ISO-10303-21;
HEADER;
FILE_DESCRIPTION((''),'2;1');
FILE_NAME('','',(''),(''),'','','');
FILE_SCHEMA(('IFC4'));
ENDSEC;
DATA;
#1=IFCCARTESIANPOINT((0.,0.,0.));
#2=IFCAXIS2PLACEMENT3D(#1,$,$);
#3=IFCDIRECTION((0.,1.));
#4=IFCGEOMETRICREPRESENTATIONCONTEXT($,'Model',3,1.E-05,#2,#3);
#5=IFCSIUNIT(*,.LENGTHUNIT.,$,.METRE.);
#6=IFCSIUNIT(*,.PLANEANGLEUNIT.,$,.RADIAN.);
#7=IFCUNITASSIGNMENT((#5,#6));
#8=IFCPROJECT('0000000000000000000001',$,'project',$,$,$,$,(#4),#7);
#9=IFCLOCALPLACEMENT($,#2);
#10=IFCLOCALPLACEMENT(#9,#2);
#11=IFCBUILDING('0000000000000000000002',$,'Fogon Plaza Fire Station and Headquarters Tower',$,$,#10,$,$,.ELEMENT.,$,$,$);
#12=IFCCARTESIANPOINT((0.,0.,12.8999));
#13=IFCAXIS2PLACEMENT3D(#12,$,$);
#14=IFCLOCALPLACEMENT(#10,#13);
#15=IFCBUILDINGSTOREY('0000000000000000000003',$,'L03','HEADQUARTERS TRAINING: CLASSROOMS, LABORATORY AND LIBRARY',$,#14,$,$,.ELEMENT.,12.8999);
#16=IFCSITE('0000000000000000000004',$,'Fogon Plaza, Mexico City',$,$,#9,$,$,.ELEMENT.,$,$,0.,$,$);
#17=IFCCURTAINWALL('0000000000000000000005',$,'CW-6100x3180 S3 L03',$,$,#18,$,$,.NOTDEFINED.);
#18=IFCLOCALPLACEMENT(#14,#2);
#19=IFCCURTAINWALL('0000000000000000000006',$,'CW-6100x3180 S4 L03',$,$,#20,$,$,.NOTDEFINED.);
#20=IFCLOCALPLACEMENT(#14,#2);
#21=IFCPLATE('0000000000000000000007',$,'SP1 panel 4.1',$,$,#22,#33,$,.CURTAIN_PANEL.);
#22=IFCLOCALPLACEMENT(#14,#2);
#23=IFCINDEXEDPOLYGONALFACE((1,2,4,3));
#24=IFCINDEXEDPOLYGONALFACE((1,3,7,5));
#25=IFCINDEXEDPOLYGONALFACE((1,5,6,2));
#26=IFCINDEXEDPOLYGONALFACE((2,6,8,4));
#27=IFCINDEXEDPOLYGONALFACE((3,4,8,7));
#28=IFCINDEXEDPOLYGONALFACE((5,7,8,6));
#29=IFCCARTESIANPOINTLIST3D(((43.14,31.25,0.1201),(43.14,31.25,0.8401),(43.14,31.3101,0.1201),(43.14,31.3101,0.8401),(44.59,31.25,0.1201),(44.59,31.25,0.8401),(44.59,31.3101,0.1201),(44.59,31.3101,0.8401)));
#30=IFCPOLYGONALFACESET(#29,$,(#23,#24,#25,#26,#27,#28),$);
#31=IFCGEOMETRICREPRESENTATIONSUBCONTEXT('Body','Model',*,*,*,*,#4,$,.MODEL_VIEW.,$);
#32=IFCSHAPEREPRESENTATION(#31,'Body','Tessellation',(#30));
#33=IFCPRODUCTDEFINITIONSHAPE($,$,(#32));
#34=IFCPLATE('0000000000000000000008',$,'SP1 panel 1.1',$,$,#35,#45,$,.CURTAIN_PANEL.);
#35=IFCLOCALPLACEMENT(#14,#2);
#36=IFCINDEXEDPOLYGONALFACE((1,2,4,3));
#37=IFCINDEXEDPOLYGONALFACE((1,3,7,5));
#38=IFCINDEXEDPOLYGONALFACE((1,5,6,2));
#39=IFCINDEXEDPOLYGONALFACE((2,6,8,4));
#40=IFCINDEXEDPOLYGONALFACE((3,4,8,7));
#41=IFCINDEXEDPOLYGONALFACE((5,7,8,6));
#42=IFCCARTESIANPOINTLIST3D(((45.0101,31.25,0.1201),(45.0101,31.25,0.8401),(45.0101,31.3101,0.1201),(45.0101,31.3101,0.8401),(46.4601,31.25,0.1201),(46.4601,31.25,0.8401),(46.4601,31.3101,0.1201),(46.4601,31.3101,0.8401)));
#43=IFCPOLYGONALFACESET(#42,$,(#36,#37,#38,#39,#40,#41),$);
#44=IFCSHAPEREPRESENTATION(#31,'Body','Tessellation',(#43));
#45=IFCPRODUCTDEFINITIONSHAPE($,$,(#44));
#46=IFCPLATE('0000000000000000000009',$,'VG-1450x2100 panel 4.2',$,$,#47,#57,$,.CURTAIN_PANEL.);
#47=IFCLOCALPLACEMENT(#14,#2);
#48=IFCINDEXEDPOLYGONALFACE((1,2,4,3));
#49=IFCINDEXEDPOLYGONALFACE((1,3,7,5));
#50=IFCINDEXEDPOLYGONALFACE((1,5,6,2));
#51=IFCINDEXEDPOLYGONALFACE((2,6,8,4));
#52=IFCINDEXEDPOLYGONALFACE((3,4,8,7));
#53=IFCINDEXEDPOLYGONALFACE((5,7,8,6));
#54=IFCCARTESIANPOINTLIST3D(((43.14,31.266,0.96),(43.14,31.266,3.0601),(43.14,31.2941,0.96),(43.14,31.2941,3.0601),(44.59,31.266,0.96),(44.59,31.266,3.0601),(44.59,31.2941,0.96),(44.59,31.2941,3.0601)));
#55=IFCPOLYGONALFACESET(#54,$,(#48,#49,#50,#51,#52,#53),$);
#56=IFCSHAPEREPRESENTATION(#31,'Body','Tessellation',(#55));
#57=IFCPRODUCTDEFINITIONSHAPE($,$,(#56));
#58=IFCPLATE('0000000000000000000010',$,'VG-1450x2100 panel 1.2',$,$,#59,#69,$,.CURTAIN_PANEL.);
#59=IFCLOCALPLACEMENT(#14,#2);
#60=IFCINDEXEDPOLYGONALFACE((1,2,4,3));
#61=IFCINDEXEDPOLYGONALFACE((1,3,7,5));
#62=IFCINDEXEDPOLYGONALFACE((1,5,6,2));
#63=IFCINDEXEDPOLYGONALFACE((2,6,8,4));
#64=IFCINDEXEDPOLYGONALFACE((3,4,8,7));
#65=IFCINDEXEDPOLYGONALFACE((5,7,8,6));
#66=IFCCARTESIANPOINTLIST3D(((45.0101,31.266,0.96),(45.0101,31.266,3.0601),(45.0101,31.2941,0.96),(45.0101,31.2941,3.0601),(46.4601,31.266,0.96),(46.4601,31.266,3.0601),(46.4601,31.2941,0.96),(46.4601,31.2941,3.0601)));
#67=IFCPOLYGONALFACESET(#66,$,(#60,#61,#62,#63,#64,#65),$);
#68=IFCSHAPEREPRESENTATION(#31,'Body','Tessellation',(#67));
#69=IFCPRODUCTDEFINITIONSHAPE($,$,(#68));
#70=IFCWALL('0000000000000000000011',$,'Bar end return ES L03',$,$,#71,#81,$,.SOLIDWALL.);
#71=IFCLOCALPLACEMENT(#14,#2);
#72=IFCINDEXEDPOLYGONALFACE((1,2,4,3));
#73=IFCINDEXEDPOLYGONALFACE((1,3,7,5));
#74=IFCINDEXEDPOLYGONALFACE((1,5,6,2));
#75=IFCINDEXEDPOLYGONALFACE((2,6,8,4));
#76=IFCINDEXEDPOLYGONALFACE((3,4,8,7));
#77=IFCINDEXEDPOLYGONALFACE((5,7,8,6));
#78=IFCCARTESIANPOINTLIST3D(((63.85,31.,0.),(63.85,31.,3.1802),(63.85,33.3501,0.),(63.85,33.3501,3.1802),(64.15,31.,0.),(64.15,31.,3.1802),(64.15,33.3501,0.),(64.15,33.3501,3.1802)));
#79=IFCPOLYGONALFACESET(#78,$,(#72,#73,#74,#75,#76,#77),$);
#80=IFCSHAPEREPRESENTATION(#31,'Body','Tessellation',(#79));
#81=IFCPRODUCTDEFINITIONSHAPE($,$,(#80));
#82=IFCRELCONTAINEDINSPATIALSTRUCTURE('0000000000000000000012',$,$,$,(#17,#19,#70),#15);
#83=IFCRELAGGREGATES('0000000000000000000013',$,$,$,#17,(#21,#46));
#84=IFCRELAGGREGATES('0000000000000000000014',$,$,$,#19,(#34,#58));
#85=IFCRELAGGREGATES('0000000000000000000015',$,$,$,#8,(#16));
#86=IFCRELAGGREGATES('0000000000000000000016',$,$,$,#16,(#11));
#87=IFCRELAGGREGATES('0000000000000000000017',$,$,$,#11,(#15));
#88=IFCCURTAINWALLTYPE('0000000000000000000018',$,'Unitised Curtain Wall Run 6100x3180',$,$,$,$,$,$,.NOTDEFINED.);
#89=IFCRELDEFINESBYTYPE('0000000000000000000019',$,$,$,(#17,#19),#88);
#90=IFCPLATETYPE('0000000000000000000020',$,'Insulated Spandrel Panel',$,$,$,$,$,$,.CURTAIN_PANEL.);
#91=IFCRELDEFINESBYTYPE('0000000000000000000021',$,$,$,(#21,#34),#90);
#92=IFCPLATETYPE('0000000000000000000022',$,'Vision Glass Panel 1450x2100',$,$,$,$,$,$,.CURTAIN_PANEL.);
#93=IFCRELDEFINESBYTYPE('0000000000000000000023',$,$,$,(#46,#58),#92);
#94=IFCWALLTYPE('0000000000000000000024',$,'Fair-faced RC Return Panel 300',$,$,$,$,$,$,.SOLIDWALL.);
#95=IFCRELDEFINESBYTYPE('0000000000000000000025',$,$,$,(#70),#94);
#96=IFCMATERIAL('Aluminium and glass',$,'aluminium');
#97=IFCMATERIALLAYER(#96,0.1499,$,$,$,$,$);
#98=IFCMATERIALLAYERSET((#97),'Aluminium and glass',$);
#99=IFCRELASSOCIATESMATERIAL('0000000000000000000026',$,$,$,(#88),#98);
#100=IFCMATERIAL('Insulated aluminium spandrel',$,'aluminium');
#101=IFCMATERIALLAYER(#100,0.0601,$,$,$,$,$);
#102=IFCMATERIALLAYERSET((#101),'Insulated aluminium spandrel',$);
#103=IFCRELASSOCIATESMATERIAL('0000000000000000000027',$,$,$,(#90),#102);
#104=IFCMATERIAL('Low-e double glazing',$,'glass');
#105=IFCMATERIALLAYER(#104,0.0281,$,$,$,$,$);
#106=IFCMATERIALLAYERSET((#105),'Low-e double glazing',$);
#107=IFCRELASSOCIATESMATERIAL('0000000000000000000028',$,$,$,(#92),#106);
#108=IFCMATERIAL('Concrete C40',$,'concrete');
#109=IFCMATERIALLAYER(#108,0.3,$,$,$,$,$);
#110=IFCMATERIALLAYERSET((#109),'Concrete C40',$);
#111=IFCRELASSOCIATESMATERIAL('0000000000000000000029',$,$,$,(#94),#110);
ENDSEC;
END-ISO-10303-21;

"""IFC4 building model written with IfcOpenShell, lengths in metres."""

from ifc_helpers import new_model, si_unit, direction, frame, frame_2d, origin, origin_2d, place, context, subcontext, project, spatial, rectangle, extrude, material, layer, layer_set, type_object, element, aggregate, save


model = new_model("IFC4")

# Units and contexts
model_context = context("Model", 3, precision=1e-05, world=origin(), true_north=direction((0.0, 1.0)))
body_context = subcontext(model_context, "Body", "Model", "MODEL_VIEW")
ifc_project = project(units=[si_unit("LENGTHUNIT", "METRE"), si_unit("PLANEANGLEUNIT", "RADIAN")], contexts=[model_context])

# Site, building, storey
site_placement = place(None, origin())
site = spatial("IfcSite", under=ifc_project, at=site_placement, Name="Fogon Plaza, Mexico City", CompositionType="ELEMENT", RefElevation=0.0)
building_placement = place(site_placement, origin())
building = spatial("IfcBuilding", under=site, at=building_placement, Name="Fogon Plaza Fire Station and Headquarters Tower", CompositionType="ELEMENT")
storey_placement = place(building_placement, frame((0.0, 0.0, 12.8999)))
storey = spatial("IfcBuildingStorey", under=building, at=storey_placement, Name="L03", Description="HEADQUARTERS TRAINING: CLASSROOMS, LABORATORY AND LIBRARY", CompositionType="ELEMENT", Elevation=12.8999)

# Curtain wall
ifc_material_1 = material(Name="Aluminium and glass", Category="aluminium")
ifc_layer_1 = layer(ifc_material_1, 0.1499)
ifc_layer_set_1 = layer_set([ifc_layer_1], Name="Aluminium and glass")
curtain_wall_type = type_object("IfcCurtainWallType", Name="Unitised Curtain Wall Run 6100x3180", PredefinedType="NOTDEFINED", material=ifc_layer_set_1)
curtain_wall_1_placement = place(storey_placement, origin())
curtain_wall_1 = element("IfcCurtainWall", 1, at=curtain_wall_1_placement, inside=storey, type_object=curtain_wall_type, Name="CW-6100x3180 S3 L03", PredefinedType="NOTDEFINED")

# Curtain wall
curtain_wall_2_placement = place(storey_placement, origin())
curtain_wall_2 = element("IfcCurtainWall", 2, at=curtain_wall_2_placement, inside=storey, type_object=curtain_wall_type, Name="CW-6100x3180 S4 L03", PredefinedType="NOTDEFINED")

# Plates
ifc_material_2 = material(Name="Insulated aluminium spandrel", Category="aluminium")
ifc_layer_2 = layer(ifc_material_2, 0.0601)
ifc_layer_set_2 = layer_set([ifc_layer_2], Name="Insulated aluminium spandrel")
plate_type_1 = type_object("IfcPlateType", Name="Insulated Spandrel Panel", PredefinedType="CURTAIN_PANEL", material=ifc_layer_set_2)
plate_1_placement = place(storey_placement, frame((43.865, 31.28, 0.1201), z_axis=(0.0, 0.0, 1.0), x_axis=(1.0, 0.0, 0.0)))
plate_1 = element("IfcPlate", 3, at=plate_1_placement, type_object=plate_type_1, Name="SP1 panel 4.1", PredefinedType="CURTAIN_PANEL", context=body_context, shape_type="SweptSolid", body=[
    extrude(rectangle(XDim=1.45, YDim=0.0601, at=origin_2d()), origin(), (0.0, 0.0, 1.0), 0.72),
])
plate_2_placement = place(storey_placement, frame((45.7351, 31.28, 0.1201), z_axis=(0.0, 0.0, 1.0), x_axis=(1.0, 0.0, 0.0)))
plate_2 = element("IfcPlate", 4, at=plate_2_placement, type_object=plate_type_1, Name="SP1 panel 1.1", PredefinedType="CURTAIN_PANEL", context=body_context, shape_type="SweptSolid", body=[
    extrude(rectangle(XDim=1.45, YDim=0.0601, at=origin_2d()), origin(), (0.0, 0.0, 1.0), 0.72),
])
ifc_material_3 = material(Name="Low-e double glazing", Category="glass")
ifc_layer_3 = layer(ifc_material_3, 0.0281)
ifc_layer_set_3 = layer_set([ifc_layer_3], Name="Low-e double glazing")
plate_type_2 = type_object("IfcPlateType", Name="Vision Glass Panel 1450x2100", PredefinedType="CURTAIN_PANEL", material=ifc_layer_set_3)
plate_3_placement = place(storey_placement, frame((43.865, 31.28, 0.96), z_axis=(0.0, 0.0, 1.0), x_axis=(1.0, 0.0, 0.0)))
plate_3 = element("IfcPlate", 5, at=plate_3_placement, type_object=plate_type_2, Name="VG-1450x2100 panel 4.2", PredefinedType="CURTAIN_PANEL", context=body_context, shape_type="SweptSolid", body=[
    extrude(rectangle(XDim=1.45, YDim=0.0281, at=origin_2d()), origin(), (0.0, 0.0, 1.0), 2.1001),
])
aggregate(curtain_wall_1, [plate_1, plate_3])
plate_4_placement = place(storey_placement, frame((45.7351, 31.28, 0.96), z_axis=(0.0, 0.0, 1.0), x_axis=(1.0, 0.0, 0.0)))
plate_4 = element("IfcPlate", 6, at=plate_4_placement, type_object=plate_type_2, Name="VG-1450x2100 panel 1.2", PredefinedType="CURTAIN_PANEL", context=body_context, shape_type="SweptSolid", body=[
    extrude(rectangle(XDim=1.45, YDim=0.0281, at=origin_2d()), origin(), (0.0, 0.0, 1.0), 2.1001),
])
aggregate(curtain_wall_2, [plate_2, plate_4])

# Wall
ifc_material_4 = material(Name="Concrete C40", Category="concrete")
ifc_layer_4 = layer(ifc_material_4, 0.3)
ifc_layer_set_4 = layer_set([ifc_layer_4], Name="Concrete C40")
wall_type = type_object("IfcWallType", Name="Fair-faced RC Return Panel 300", PredefinedType="SOLIDWALL", material=ifc_layer_set_4)
wall_placement = place(storey_placement, frame((64.0, 31.0, 0.0), z_axis=(0.0, 0.0, 1.0), x_axis=(0.0, 1.0, 0.0)))
element("IfcWall", 7, at=wall_placement, inside=storey, type_object=wall_type, Name="Bar end return ES L03", PredefinedType="SOLIDWALL", context=body_context, shape_type="SweptSolid", body=[
    extrude(rectangle(XDim=2.3501, YDim=0.3, at=frame_2d((1.175, 0.0))), origin(), (0.0, 0.0, 1.0), 3.1802),
])

save(model, "model.ifc")
